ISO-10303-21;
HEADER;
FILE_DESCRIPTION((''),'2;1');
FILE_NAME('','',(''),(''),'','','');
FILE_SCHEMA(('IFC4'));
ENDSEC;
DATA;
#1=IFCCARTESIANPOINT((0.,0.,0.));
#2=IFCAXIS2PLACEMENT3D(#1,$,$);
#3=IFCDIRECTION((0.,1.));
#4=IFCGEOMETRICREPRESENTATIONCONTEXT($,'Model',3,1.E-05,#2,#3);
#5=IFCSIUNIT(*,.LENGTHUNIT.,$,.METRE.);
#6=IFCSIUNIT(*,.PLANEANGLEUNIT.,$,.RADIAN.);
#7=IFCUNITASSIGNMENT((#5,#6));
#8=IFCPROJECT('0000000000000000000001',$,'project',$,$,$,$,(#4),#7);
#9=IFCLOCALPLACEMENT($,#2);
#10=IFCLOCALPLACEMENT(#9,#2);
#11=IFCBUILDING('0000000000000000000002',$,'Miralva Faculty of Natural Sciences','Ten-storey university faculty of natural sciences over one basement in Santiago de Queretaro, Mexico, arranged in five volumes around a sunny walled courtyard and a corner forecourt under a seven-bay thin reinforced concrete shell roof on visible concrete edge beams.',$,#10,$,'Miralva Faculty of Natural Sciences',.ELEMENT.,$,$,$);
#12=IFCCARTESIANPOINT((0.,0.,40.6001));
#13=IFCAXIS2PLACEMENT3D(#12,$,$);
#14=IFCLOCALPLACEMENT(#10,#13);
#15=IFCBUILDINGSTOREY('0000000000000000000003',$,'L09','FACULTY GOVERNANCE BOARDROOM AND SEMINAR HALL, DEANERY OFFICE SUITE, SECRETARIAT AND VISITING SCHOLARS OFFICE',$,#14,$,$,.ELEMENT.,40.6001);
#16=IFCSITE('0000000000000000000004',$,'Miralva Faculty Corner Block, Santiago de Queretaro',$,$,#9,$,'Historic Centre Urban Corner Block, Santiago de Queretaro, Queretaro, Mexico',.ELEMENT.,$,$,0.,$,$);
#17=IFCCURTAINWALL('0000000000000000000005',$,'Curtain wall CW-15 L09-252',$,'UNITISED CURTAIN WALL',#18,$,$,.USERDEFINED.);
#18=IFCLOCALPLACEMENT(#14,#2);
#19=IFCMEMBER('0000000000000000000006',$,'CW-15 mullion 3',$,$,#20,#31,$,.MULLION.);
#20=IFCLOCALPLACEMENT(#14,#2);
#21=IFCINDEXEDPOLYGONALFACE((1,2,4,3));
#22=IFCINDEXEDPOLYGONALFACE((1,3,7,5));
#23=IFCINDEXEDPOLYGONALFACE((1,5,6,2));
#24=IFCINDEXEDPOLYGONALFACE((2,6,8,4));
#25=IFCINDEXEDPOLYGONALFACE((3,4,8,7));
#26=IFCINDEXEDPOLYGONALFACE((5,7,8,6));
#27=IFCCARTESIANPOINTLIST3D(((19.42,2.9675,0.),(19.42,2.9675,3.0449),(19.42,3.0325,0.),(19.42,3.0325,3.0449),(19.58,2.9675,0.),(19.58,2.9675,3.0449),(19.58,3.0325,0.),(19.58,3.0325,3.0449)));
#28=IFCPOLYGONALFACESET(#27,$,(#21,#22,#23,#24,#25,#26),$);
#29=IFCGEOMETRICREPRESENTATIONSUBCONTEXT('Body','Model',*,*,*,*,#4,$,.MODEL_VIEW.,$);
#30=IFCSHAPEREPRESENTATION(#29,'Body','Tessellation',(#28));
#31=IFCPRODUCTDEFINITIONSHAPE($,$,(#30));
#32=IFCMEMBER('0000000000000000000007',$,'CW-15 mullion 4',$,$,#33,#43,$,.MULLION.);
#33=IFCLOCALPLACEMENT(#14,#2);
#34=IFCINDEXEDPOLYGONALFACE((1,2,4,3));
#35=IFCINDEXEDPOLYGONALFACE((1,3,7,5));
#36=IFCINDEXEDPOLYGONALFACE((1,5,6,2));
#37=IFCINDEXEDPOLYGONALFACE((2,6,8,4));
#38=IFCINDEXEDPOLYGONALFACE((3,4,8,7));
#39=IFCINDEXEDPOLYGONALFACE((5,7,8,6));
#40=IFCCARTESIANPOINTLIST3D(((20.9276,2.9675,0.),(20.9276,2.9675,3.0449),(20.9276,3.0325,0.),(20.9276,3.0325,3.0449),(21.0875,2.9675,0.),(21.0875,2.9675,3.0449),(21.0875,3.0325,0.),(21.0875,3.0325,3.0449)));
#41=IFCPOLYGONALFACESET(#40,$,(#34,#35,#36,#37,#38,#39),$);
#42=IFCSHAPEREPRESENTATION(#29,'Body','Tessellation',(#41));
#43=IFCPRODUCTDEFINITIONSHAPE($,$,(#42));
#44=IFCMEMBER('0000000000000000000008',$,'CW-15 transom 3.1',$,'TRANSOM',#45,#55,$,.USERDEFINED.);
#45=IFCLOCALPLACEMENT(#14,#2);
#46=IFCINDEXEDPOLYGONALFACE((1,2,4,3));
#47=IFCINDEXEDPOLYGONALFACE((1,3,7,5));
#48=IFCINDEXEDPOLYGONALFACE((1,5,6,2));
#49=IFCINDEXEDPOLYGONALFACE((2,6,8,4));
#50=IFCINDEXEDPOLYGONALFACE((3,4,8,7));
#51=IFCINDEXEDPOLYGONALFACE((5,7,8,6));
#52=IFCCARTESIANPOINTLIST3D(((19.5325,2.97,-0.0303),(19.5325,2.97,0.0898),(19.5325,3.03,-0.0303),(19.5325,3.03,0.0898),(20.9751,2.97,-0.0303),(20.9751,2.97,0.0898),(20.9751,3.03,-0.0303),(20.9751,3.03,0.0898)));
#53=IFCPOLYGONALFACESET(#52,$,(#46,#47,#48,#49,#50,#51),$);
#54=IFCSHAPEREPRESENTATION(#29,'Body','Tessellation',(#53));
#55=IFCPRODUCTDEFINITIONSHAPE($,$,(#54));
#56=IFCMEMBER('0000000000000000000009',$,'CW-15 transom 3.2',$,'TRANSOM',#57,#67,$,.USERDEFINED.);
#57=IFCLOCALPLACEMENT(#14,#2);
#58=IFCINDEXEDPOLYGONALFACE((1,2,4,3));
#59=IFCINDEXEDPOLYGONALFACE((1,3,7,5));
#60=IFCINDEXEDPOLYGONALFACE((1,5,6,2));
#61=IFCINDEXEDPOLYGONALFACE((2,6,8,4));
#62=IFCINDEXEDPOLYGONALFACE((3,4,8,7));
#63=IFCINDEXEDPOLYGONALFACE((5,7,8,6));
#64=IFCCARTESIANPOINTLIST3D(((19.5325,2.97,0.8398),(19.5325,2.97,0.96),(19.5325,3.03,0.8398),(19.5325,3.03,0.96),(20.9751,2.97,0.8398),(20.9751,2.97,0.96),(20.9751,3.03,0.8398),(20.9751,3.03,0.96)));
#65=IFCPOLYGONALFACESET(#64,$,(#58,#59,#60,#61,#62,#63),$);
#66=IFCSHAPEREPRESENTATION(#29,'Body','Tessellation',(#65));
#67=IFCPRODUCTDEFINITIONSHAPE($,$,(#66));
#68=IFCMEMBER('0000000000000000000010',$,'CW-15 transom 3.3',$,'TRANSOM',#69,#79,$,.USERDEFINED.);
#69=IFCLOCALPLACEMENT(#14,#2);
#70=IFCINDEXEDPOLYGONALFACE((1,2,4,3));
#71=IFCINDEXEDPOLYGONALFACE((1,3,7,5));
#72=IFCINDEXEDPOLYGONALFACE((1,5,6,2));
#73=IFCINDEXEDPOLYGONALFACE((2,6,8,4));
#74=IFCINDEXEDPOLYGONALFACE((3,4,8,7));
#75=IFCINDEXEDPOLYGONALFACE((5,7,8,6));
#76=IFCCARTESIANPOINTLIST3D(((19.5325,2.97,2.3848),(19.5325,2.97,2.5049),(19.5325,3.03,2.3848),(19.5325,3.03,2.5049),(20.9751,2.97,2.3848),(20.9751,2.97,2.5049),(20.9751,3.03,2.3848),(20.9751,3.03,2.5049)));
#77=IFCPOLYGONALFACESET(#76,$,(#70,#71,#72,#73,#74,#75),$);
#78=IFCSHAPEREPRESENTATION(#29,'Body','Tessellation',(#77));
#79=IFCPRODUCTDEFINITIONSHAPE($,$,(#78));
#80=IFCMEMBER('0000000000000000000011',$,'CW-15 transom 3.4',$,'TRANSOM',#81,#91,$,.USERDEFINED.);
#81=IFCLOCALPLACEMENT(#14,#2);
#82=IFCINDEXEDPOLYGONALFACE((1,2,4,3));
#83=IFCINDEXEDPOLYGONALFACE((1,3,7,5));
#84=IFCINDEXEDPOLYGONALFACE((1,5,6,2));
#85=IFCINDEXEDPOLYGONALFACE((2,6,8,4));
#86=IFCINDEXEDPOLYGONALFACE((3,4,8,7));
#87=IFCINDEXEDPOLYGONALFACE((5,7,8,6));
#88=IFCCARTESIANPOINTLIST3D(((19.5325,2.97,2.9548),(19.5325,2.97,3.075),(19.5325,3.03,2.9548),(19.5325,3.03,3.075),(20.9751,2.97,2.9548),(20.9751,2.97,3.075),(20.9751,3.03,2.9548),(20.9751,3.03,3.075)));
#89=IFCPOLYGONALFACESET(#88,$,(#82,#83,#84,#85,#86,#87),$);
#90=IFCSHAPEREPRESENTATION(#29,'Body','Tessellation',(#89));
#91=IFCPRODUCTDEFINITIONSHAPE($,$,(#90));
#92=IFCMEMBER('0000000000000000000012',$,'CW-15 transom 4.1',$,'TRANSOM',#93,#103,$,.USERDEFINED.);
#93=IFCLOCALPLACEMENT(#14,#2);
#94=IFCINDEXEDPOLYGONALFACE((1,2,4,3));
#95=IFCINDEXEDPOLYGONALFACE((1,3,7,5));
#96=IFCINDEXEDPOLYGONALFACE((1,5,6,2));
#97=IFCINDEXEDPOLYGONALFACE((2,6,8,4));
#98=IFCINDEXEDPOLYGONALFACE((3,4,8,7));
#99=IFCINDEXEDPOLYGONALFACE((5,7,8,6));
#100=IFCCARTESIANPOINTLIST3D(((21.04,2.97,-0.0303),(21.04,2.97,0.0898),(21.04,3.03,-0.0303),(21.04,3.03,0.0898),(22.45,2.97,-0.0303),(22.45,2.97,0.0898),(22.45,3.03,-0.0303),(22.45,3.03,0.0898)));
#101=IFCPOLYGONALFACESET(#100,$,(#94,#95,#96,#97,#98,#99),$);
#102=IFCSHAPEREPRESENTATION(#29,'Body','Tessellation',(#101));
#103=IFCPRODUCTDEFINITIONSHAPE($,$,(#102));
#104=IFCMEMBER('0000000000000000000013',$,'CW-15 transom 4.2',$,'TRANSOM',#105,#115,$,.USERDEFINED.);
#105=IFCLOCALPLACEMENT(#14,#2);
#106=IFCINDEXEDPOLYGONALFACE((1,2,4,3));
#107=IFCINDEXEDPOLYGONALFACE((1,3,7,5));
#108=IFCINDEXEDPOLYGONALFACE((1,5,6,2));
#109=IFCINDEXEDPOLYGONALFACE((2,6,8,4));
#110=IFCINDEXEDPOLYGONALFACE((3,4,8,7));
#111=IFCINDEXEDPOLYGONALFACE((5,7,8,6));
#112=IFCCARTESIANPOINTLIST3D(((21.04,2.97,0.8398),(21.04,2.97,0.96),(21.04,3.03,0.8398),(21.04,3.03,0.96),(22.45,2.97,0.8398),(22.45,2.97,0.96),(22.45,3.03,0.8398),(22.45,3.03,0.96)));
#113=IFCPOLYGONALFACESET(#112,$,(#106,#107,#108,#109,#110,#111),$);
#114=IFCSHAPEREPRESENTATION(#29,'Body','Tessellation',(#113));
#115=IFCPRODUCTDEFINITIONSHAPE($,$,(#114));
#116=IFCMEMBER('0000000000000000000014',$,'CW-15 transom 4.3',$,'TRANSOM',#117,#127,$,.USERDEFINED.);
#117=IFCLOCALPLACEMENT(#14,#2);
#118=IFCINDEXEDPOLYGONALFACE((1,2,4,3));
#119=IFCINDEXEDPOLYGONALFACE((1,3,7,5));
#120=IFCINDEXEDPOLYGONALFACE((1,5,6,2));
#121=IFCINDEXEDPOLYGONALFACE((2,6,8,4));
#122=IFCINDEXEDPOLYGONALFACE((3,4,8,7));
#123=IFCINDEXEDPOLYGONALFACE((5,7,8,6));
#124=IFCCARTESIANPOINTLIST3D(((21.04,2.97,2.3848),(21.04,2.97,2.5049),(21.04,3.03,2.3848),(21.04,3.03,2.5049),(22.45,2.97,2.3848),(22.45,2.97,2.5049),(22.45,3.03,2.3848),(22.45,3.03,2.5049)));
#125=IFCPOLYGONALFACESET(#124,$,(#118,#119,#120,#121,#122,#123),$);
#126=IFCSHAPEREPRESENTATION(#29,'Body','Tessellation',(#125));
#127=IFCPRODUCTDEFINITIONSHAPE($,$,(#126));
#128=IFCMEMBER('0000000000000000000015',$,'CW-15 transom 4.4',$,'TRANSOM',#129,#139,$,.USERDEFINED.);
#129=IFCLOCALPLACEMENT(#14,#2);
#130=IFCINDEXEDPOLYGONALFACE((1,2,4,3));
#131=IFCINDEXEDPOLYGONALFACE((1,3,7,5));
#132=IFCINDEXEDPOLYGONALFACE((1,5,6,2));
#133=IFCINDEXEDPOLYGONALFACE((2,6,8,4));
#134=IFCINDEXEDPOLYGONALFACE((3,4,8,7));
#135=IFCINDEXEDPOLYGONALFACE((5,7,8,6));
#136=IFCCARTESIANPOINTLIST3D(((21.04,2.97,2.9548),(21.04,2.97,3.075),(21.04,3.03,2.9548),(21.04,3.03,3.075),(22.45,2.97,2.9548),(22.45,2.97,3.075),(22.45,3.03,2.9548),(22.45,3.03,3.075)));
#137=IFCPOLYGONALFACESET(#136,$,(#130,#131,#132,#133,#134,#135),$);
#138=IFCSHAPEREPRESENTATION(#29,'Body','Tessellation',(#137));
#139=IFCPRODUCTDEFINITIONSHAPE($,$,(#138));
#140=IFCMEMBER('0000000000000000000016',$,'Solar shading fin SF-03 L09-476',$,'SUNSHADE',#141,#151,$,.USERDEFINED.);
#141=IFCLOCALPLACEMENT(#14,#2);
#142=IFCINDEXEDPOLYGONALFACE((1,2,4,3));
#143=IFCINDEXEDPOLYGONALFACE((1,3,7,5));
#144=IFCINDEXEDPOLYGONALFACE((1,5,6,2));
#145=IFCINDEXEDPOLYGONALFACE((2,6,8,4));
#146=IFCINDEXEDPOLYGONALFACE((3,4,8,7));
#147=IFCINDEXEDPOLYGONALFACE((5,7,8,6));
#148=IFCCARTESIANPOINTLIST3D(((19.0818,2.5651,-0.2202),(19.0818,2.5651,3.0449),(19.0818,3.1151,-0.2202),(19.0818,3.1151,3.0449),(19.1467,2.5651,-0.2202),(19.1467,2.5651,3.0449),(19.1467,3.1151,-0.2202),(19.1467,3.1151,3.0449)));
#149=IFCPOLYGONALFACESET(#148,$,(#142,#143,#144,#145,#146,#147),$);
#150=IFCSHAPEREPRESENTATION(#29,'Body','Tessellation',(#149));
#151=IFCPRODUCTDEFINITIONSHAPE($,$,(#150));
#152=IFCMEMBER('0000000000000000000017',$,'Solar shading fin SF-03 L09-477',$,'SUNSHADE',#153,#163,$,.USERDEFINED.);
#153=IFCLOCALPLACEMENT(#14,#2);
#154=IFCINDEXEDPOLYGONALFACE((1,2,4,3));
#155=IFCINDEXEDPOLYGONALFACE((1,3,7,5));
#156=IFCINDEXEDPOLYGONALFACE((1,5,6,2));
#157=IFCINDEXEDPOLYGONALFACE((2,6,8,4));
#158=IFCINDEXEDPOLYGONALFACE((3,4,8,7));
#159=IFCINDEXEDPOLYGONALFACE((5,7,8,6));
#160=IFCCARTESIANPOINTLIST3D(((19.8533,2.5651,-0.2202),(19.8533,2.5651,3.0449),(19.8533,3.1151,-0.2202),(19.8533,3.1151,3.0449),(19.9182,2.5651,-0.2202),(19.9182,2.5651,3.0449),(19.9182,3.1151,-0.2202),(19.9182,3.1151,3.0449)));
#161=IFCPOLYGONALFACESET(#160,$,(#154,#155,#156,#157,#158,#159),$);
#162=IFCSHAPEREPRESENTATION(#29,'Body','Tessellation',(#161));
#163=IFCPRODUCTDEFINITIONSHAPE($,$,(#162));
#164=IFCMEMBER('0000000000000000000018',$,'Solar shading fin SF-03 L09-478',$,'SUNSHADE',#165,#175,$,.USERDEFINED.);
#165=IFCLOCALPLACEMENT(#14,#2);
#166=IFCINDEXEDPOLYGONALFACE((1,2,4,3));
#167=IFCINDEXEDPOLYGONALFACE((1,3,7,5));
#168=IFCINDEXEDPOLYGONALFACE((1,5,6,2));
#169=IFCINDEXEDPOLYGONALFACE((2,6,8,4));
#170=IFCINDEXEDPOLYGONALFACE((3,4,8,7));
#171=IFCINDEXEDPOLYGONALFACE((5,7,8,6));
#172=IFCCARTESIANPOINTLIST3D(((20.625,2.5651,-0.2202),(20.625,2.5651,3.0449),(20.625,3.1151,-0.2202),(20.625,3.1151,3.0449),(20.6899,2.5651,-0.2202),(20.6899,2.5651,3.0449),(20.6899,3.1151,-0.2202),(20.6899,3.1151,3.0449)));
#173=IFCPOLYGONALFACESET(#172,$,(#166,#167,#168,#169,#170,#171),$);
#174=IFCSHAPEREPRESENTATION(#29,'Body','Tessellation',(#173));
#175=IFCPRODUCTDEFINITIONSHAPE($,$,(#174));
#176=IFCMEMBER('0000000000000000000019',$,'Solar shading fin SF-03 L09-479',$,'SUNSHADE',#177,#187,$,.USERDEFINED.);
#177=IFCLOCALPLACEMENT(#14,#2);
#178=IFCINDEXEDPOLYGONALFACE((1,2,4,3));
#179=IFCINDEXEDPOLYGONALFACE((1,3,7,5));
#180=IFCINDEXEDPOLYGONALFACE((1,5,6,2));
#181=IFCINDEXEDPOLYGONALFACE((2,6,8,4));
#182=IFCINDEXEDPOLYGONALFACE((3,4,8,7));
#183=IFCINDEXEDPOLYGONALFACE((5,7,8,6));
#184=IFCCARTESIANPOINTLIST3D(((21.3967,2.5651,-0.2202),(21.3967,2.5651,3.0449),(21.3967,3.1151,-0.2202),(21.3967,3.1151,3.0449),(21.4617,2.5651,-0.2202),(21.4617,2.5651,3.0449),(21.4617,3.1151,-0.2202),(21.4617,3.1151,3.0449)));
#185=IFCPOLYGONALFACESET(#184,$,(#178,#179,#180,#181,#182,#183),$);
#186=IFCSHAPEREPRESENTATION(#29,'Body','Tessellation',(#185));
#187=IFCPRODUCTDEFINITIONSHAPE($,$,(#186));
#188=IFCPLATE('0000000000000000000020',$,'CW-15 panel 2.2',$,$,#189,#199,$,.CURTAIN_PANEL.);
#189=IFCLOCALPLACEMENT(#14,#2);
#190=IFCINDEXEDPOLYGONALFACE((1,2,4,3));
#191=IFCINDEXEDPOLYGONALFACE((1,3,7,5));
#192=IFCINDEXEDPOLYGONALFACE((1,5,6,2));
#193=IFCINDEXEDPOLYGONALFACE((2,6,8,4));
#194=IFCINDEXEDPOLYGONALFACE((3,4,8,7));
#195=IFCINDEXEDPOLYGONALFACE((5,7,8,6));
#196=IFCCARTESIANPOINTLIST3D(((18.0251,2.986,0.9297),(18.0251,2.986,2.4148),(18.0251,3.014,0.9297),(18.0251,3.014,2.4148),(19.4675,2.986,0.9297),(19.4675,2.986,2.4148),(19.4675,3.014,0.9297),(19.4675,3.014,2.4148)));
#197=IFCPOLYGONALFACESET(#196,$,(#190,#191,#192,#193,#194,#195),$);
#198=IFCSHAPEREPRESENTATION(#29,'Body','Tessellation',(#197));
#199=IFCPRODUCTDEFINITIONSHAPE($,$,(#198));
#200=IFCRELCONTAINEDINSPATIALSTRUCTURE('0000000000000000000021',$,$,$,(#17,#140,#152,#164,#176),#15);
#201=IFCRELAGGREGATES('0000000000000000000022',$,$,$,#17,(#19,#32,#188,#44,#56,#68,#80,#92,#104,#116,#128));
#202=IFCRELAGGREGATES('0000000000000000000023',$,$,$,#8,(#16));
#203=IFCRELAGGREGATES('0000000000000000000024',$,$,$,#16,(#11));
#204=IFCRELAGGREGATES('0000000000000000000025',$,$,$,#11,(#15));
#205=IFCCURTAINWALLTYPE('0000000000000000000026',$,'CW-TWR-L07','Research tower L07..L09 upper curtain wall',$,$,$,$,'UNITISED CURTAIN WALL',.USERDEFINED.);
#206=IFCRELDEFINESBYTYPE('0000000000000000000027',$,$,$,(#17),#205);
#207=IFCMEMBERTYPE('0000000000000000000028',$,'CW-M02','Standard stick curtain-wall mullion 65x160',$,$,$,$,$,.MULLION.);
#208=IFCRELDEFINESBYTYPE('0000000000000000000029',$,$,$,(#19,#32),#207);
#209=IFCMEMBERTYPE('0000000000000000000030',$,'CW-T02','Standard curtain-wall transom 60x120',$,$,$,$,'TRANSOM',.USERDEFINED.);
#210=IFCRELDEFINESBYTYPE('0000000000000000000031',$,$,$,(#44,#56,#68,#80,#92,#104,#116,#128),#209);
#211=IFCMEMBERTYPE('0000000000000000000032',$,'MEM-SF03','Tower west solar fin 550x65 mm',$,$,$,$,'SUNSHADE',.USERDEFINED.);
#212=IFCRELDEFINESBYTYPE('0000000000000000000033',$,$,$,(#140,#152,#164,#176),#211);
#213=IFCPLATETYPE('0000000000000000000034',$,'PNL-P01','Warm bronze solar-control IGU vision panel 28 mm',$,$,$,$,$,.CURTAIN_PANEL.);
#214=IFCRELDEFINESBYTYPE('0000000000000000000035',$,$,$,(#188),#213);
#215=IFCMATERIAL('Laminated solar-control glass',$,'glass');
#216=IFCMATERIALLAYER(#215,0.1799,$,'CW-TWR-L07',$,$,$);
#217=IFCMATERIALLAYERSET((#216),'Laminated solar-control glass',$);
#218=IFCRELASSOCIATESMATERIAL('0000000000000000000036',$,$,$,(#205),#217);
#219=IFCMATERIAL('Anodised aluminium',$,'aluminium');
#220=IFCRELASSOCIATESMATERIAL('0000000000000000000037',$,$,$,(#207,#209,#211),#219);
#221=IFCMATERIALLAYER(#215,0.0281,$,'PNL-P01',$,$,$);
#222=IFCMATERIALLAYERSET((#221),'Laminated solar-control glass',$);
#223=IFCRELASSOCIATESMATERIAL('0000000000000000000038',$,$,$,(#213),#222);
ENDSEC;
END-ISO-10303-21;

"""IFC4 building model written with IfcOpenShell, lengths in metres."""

from ifc_helpers import new_model, si_unit, direction, frame, origin, origin_2d, place, context, subcontext, project, spatial, rectangle, extrude, material, layer, layer_set, material_profile, profile_set, type_object, element, aggregate, save


model = new_model("IFC4")

# Units and contexts
model_context = context("Model", 3, precision=1e-05, world=origin(), true_north=direction((0.0, 1.0)))
body_context = subcontext(model_context, "Body", "Model", "MODEL_VIEW")
ifc_project = project(units=[si_unit("LENGTHUNIT", "METRE"), si_unit("PLANEANGLEUNIT", "RADIAN")], contexts=[model_context])

# Site, building, storey
site_placement = place(None, origin())
site = spatial("IfcSite", under=ifc_project, at=site_placement, Name="Miralva Faculty Corner Block, Santiago de Queretaro", LongName="Historic Centre Urban Corner Block, Santiago de Queretaro, Queretaro, Mexico", CompositionType="ELEMENT", RefElevation=0.0)
building_placement = place(site_placement, origin())
building = spatial("IfcBuilding", under=site, at=building_placement, Name="Miralva Faculty of Natural Sciences", Description="Ten-storey university faculty of natural sciences over one basement in Santiago de Queretaro, Mexico, arranged in five volumes around a sunny walled courtyard and a corner forecourt under a seven-bay thin reinforced concrete shell roof on visible concrete edge beams.", LongName="Miralva Faculty of Natural Sciences", CompositionType="ELEMENT")
storey_placement = place(building_placement, frame((0.0, 0.0, 40.6001)))
storey = spatial("IfcBuildingStorey", under=building, at=storey_placement, Name="L09", Description="FACULTY GOVERNANCE BOARDROOM AND SEMINAR HALL, DEANERY OFFICE SUITE, SECRETARIAT AND VISITING SCHOLARS OFFICE", CompositionType="ELEMENT", Elevation=40.6001)

# Curtain wall, members
ifc_material_1 = material(Name="Laminated solar-control glass", Category="glass")
ifc_layer_1 = layer(ifc_material_1, 0.1799, Name="CW-TWR-L07")
ifc_layer_set_1 = layer_set([ifc_layer_1], Name="Laminated solar-control glass")
curtain_wall_type = type_object("IfcCurtainWallType", Name="CW-TWR-L07", Description="Research tower L07..L09 upper curtain wall", ElementType="UNITISED CURTAIN WALL", PredefinedType="USERDEFINED", material=ifc_layer_set_1)
curtain_wall_placement = place(storey_placement, origin())
curtain_wall = element("IfcCurtainWall", 1, at=curtain_wall_placement, inside=storey, type_object=curtain_wall_type, Name="Curtain wall CW-15 L09-252", ObjectType="UNITISED CURTAIN WALL", PredefinedType="USERDEFINED")
ifc_material_2 = material(Name="Anodised aluminium", Category="aluminium")
ifc_material_profile_1 = material_profile(ifc_material_2, rectangle(XDim=0.0649, YDim=0.1599, at=origin_2d()), Name="MULLION 65x160")
ifc_profile_set_1 = profile_set([ifc_material_profile_1], Name="Anodised aluminium")
member_type_1 = type_object("IfcMemberType", Name="CW-M02", Description="Standard stick curtain-wall mullion 65x160", PredefinedType="MULLION", material=ifc_profile_set_1)
member_1_placement = place(storey_placement, frame((19.5, 3.0, 0.0), z_axis=(0.0, 0.0, 1.0), x_axis=(0.0, 1.0, 0.0)))
member_1 = element("IfcMember", 2, at=member_1_placement, type_object=member_type_1, Name="CW-15 mullion 3", PredefinedType="MULLION", context=body_context, shape_type="SweptSolid", body=[
    extrude(rectangle(XDim=0.0649, YDim=0.1599, at=origin_2d()), origin(), (0.0, 0.0, 1.0), 3.0449),
])
member_2_placement = place(storey_placement, frame((21.0076, 3.0, 0.0), z_axis=(0.0, 0.0, 1.0), x_axis=(0.0, 1.0, 0.0)))
member_2 = element("IfcMember", 3, at=member_2_placement, type_object=member_type_1, Name="CW-15 mullion 4", PredefinedType="MULLION", context=body_context, shape_type="SweptSolid", body=[
    extrude(rectangle(XDim=0.0649, YDim=0.1599, at=origin_2d()), origin(), (0.0, 0.0, 1.0), 3.0449),
])
ifc_material_profile_2 = material_profile(ifc_material_2, rectangle(XDim=0.0601, YDim=0.1201, at=origin_2d()), Name="TRANSOM 60x120")
ifc_profile_set_2 = profile_set([ifc_material_profile_2], Name="Anodised aluminium")
member_type_2 = type_object("IfcMemberType", Name="CW-T02", Description="Standard curtain-wall transom 60x120", ElementType="TRANSOM", PredefinedType="USERDEFINED", material=ifc_profile_set_2)
member_3_placement = place(storey_placement, frame((19.5325, 3.0, 0.0298), z_axis=(1.0, 0.0, 0.0), x_axis=(0.0, 1.0, 0.0)))
member_3 = element("IfcMember", 4, at=member_3_placement, type_object=member_type_2, Name="CW-15 transom 3.1", ObjectType="TRANSOM", PredefinedType="USERDEFINED", context=body_context, shape_type="SweptSolid", body=[
    extrude(rectangle(XDim=0.0601, YDim=0.1201, at=origin_2d()), origin(), (0.0, 0.0, 1.0), 1.4426),
])
member_4_placement = place(storey_placement, frame((19.5325, 3.0, 0.8999), z_axis=(1.0, 0.0, 0.0), x_axis=(0.0, 1.0, 0.0)))
member_4 = element("IfcMember", 5, at=member_4_placement, type_object=member_type_2, Name="CW-15 transom 3.2", ObjectType="TRANSOM", PredefinedType="USERDEFINED", context=body_context, shape_type="SweptSolid", body=[
    extrude(rectangle(XDim=0.0601, YDim=0.1201, at=origin_2d()), origin(), (0.0, 0.0, 1.0), 1.4426),
])
member_5_placement = place(storey_placement, frame((19.5325, 3.0, 2.4448), z_axis=(1.0, 0.0, 0.0), x_axis=(0.0, 1.0, 0.0)))
member_5 = element("IfcMember", 6, at=member_5_placement, type_object=member_type_2, Name="CW-15 transom 3.3", ObjectType="TRANSOM", PredefinedType="USERDEFINED", context=body_context, shape_type="SweptSolid", body=[
    extrude(rectangle(XDim=0.0601, YDim=0.1201, at=origin_2d()), origin(), (0.0, 0.0, 1.0), 1.4426),
])
member_6_placement = place(storey_placement, frame((19.5325, 3.0, 3.0149), z_axis=(1.0, 0.0, 0.0), x_axis=(0.0, 1.0, 0.0)))
member_6 = element("IfcMember", 7, at=member_6_placement, type_object=member_type_2, Name="CW-15 transom 3.4", ObjectType="TRANSOM", PredefinedType="USERDEFINED", context=body_context, shape_type="SweptSolid", body=[
    extrude(rectangle(XDim=0.0601, YDim=0.1201, at=origin_2d()), origin(), (0.0, 0.0, 1.0), 1.4426),
])
member_7_placement = place(storey_placement, frame((21.04, 3.0, 0.0298), z_axis=(1.0, 0.0, 0.0), x_axis=(0.0, 1.0, 0.0)))
member_7 = element("IfcMember", 8, at=member_7_placement, type_object=member_type_2, Name="CW-15 transom 4.1", ObjectType="TRANSOM", PredefinedType="USERDEFINED", context=body_context, shape_type="SweptSolid", body=[
    extrude(rectangle(XDim=0.0601, YDim=0.1201, at=origin_2d()), origin(), (0.0, 0.0, 1.0), 1.4099),
])
member_8_placement = place(storey_placement, frame((21.04, 3.0, 0.8999), z_axis=(1.0, 0.0, 0.0), x_axis=(0.0, 1.0, 0.0)))
member_8 = element("IfcMember", 9, at=member_8_placement, type_object=member_type_2, Name="CW-15 transom 4.2", ObjectType="TRANSOM", PredefinedType="USERDEFINED", context=body_context, shape_type="SweptSolid", body=[
    extrude(rectangle(XDim=0.0601, YDim=0.1201, at=origin_2d()), origin(), (0.0, 0.0, 1.0), 1.4099),
])
member_9_placement = place(storey_placement, frame((21.04, 3.0, 2.4448), z_axis=(1.0, 0.0, 0.0), x_axis=(0.0, 1.0, 0.0)))
member_9 = element("IfcMember", 10, at=member_9_placement, type_object=member_type_2, Name="CW-15 transom 4.3", ObjectType="TRANSOM", PredefinedType="USERDEFINED", context=body_context, shape_type="SweptSolid", body=[
    extrude(rectangle(XDim=0.0601, YDim=0.1201, at=origin_2d()), origin(), (0.0, 0.0, 1.0), 1.4099),
])
member_10_placement = place(storey_placement, frame((21.04, 3.0, 3.0149), z_axis=(1.0, 0.0, 0.0), x_axis=(0.0, 1.0, 0.0)))
member_10 = element("IfcMember", 11, at=member_10_placement, type_object=member_type_2, Name="CW-15 transom 4.4", ObjectType="TRANSOM", PredefinedType="USERDEFINED", context=body_context, shape_type="SweptSolid", body=[
    extrude(rectangle(XDim=0.0601, YDim=0.1201, at=origin_2d()), origin(), (0.0, 0.0, 1.0), 1.4099),
])

# Members
ifc_material_profile_3 = material_profile(ifc_material_2, rectangle(XDim=0.0649, YDim=0.55, at=origin_2d()), Name="FIN 550x65")
ifc_profile_set_3 = profile_set([ifc_material_profile_3], Name="Anodised aluminium")
member_type_3 = type_object("IfcMemberType", Name="MEM-SF03", Description="Tower west solar fin 550x65 mm", ElementType="SUNSHADE", PredefinedType="USERDEFINED", material=ifc_profile_set_3)
for number, where, z_axis, x_axis, name in (
    (12, (19.1143, 2.8401, -0.2202), (0.0, 0.0, 1.0), (1.0, 0.0, 0.0), "Solar shading fin SF-03 L09-476"),
    (13, (19.8857, 2.8401, -0.2202), (0.0, 0.0, 1.0), (1.0, 0.0, 0.0), "Solar shading fin SF-03 L09-477"),
    (14, (20.6575, 2.8401, -0.2202), (0.0, 0.0, 1.0), (1.0, 0.0, 0.0), "Solar shading fin SF-03 L09-478"),
    (15, (21.4292, 2.8401, -0.2202), (0.0, 0.0, 1.0), (1.0, 0.0, 0.0), "Solar shading fin SF-03 L09-479"),
):
    element("IfcMember", number, at=place(storey_placement, frame(where, z_axis=z_axis, x_axis=x_axis)), inside=storey, type_object=member_type_3, Name=name, ObjectType="SUNSHADE", PredefinedType="USERDEFINED", context=body_context, shape_type="SweptSolid", body=[
        extrude(rectangle(XDim=0.0649, YDim=0.55, at=origin_2d()), origin(), (0.0, 0.0, 1.0), 3.2651),
    ])

# Plate
ifc_layer_2 = layer(ifc_material_1, 0.0281, Name="PNL-P01")
ifc_layer_set_2 = layer_set([ifc_layer_2], Name="Laminated solar-control glass")
plate_type = type_object("IfcPlateType", Name="PNL-P01", Description="Warm bronze solar-control IGU vision panel 28 mm", PredefinedType="CURTAIN_PANEL", material=ifc_layer_set_2)
plate_1_placement = place(storey_placement, frame((18.7463, 3.0, 0.9297), z_axis=(0.0, 0.0, 1.0), x_axis=(1.0, 0.0, 0.0)))
plate_1 = element("IfcPlate", 16, at=plate_1_placement, type_object=plate_type, Name="CW-15 panel 2.2", PredefinedType="CURTAIN_PANEL", context=body_context, shape_type="SweptSolid", body=[
    extrude(rectangle(XDim=1.4424, YDim=0.0281, at=origin_2d()), origin(), (0.0, 0.0, 1.0), 1.4851),
])
aggregate(curtain_wall, [member_1, member_2, plate_1, member_3, member_4, member_5, member_6, member_7, member_8, member_9, member_10])

save(model, "model.ifc")
